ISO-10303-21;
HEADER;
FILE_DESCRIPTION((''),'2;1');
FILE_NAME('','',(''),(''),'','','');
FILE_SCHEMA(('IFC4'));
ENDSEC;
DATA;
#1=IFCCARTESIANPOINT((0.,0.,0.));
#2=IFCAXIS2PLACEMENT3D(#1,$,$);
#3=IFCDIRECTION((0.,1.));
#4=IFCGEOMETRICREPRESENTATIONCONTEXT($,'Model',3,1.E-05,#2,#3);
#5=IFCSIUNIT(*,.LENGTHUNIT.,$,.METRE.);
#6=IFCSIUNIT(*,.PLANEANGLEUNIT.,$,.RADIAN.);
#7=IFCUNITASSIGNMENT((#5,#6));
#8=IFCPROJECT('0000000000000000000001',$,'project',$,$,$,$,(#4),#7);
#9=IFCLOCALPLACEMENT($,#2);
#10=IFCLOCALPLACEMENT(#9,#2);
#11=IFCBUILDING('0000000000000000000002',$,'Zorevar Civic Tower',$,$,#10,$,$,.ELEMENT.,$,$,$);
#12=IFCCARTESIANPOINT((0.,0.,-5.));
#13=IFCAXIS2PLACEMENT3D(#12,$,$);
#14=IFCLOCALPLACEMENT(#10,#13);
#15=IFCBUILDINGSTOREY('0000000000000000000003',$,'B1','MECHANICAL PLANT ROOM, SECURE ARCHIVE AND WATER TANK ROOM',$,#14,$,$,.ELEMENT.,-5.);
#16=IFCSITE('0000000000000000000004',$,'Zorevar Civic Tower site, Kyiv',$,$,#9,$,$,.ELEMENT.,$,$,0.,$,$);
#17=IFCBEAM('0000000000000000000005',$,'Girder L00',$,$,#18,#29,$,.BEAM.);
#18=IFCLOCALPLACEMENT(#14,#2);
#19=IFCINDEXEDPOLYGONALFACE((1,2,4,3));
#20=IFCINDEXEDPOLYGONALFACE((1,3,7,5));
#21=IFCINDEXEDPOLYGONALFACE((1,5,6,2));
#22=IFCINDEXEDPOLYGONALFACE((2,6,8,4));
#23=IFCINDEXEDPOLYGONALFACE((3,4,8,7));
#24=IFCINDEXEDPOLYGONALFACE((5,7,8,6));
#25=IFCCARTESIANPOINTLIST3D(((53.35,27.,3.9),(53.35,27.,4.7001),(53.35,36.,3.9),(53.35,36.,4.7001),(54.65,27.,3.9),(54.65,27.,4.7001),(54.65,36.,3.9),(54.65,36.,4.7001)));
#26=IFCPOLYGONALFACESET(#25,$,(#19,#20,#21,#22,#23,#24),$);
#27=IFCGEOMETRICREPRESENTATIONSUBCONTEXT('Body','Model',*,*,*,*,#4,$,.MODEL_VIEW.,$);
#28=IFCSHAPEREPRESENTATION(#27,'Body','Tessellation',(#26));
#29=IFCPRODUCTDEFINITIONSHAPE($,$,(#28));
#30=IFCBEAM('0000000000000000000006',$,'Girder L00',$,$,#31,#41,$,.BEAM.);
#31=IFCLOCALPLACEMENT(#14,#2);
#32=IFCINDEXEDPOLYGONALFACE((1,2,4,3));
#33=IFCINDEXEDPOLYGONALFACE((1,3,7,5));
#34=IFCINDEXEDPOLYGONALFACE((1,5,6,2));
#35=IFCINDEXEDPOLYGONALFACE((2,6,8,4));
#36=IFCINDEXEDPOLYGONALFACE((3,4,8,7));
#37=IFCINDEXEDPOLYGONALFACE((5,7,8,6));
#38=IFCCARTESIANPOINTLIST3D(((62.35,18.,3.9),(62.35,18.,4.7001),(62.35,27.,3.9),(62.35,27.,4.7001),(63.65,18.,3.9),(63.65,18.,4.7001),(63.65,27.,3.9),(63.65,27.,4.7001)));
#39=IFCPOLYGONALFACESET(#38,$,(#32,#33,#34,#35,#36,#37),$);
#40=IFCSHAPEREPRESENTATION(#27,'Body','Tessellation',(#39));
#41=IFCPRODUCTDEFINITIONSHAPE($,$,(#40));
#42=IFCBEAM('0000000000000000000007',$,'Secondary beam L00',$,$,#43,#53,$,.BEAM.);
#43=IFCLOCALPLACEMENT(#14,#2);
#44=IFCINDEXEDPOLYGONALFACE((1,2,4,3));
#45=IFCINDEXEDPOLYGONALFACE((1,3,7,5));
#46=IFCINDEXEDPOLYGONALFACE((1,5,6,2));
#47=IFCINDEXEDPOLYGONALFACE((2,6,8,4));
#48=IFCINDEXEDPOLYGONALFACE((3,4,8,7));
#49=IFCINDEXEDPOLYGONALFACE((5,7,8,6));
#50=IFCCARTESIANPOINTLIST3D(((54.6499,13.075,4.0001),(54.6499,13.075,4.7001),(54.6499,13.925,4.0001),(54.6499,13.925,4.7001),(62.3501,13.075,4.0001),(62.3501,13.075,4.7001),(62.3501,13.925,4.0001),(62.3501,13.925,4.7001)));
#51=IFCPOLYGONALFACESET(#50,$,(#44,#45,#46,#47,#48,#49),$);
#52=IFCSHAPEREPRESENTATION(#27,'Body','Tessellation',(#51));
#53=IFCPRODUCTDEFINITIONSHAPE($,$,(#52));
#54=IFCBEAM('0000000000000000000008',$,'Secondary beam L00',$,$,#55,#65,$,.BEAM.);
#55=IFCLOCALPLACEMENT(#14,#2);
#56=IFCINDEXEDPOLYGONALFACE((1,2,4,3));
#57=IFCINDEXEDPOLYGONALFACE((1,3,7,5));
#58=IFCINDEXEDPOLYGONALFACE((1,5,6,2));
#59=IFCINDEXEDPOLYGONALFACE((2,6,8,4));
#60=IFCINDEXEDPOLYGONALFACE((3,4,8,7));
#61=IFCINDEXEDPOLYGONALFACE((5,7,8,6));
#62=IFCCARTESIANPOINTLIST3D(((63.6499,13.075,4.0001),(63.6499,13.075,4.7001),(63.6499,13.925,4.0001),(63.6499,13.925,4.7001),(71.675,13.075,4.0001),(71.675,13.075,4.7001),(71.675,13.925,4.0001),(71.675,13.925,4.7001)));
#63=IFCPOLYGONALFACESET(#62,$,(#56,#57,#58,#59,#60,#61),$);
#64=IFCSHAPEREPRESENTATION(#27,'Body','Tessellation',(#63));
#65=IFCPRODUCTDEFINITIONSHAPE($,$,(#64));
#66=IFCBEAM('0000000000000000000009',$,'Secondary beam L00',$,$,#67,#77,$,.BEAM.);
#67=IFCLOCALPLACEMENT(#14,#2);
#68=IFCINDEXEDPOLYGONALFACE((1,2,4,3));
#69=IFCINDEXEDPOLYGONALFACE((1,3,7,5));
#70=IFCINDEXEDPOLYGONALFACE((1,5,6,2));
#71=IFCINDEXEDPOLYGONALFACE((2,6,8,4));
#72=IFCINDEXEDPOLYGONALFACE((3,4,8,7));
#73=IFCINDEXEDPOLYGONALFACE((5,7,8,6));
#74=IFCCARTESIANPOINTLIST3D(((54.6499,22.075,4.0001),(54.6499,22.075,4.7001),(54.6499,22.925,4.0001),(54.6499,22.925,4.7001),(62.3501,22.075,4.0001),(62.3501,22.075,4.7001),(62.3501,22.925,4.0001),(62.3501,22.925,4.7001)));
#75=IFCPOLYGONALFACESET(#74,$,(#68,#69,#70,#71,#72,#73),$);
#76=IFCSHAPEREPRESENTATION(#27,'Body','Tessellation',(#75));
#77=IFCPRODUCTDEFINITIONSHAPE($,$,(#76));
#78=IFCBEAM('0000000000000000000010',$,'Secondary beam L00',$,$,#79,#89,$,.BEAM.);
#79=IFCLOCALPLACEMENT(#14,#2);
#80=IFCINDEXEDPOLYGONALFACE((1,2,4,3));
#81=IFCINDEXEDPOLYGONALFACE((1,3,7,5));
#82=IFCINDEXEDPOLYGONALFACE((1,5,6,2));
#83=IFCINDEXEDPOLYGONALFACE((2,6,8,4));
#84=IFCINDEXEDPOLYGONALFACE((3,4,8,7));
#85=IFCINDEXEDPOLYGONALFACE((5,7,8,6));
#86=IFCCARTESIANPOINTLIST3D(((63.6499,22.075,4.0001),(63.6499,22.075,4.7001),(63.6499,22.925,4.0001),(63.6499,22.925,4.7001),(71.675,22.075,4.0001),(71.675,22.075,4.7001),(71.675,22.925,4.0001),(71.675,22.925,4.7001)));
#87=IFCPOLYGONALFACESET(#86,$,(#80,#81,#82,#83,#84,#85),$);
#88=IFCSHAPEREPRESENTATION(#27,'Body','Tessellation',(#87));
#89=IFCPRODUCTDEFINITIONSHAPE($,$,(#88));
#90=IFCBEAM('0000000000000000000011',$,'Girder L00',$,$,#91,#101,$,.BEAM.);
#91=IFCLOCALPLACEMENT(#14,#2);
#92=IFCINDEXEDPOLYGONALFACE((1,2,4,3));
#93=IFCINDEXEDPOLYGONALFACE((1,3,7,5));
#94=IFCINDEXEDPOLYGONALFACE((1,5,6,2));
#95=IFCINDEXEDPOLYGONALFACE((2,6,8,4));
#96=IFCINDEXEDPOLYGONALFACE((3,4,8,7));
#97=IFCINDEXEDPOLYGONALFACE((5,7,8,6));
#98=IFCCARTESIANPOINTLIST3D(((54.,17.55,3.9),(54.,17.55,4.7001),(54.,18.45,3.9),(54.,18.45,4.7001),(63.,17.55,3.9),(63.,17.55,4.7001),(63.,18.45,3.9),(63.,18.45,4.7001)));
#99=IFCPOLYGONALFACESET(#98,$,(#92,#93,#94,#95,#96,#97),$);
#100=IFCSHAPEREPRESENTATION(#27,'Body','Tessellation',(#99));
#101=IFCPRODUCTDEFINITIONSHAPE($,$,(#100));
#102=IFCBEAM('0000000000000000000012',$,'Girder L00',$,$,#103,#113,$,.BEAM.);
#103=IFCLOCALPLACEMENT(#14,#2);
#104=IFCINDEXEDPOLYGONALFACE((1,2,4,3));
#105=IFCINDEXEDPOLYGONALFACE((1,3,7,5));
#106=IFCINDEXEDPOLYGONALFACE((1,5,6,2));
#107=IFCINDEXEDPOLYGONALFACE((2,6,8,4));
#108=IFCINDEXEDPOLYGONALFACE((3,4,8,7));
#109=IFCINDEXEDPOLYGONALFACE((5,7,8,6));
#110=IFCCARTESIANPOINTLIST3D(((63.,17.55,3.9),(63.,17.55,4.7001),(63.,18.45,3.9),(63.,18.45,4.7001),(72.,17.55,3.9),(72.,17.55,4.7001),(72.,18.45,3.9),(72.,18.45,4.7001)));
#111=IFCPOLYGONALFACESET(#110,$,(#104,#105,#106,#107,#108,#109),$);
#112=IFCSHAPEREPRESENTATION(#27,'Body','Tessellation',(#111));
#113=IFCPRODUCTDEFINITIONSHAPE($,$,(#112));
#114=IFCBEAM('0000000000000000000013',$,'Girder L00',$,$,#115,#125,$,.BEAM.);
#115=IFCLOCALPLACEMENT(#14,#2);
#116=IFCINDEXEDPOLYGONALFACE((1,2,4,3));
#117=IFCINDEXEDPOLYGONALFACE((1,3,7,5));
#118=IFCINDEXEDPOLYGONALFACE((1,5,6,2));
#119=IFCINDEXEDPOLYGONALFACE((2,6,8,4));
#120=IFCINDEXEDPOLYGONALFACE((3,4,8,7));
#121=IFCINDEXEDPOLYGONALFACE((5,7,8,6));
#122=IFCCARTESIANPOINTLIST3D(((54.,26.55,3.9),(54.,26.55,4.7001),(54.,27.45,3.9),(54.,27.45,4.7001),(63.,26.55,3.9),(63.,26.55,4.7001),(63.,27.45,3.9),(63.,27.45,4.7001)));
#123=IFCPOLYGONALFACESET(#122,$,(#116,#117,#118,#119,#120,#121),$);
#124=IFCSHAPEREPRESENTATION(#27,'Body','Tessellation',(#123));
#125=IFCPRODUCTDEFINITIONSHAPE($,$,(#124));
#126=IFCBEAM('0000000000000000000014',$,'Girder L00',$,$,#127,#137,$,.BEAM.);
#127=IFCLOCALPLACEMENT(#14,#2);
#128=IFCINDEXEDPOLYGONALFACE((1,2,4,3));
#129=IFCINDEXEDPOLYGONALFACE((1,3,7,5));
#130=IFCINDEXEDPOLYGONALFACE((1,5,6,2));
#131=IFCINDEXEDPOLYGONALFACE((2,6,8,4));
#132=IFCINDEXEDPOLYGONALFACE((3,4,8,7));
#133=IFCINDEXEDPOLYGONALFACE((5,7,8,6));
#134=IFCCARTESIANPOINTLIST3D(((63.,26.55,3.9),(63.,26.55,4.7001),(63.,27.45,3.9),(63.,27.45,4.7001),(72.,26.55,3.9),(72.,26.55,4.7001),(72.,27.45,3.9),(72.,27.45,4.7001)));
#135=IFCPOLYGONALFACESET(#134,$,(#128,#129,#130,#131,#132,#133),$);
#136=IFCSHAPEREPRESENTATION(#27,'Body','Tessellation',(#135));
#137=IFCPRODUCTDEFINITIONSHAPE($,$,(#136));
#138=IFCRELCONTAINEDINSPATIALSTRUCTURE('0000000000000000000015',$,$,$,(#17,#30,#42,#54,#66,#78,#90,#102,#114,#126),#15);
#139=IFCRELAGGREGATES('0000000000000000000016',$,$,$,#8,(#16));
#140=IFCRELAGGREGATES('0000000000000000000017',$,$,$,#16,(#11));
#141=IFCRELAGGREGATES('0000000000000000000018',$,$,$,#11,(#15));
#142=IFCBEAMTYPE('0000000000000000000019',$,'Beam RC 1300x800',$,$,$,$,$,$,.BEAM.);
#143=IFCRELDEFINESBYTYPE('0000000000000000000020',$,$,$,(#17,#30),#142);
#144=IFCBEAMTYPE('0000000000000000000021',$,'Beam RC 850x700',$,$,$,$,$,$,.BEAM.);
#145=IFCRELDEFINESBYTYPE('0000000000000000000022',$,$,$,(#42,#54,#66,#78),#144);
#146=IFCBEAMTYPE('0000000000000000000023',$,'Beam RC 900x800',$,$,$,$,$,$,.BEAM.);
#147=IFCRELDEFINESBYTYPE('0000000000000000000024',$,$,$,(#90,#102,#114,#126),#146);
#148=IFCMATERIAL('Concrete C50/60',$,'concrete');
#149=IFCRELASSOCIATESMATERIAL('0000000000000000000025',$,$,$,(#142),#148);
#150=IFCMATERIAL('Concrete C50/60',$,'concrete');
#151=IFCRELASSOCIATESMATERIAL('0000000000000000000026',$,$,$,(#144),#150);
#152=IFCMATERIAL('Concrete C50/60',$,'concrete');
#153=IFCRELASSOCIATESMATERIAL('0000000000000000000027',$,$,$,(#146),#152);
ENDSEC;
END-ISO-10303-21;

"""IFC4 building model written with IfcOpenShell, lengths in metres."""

from ifc_helpers import new_model, si_unit, direction, frame, origin, origin_2d, place, context, subcontext, project, spatial, rectangle, extrude, material, material_profile, profile_set, type_object, element, save


model = new_model("IFC4")

# Units and contexts
model_context = context("Model", 3, precision=1e-05, world=origin(), true_north=direction((0.0, 1.0)))
body_context = subcontext(model_context, "Body", "Model", "MODEL_VIEW")
ifc_project = project(units=[si_unit("LENGTHUNIT", "METRE"), si_unit("PLANEANGLEUNIT", "RADIAN")], contexts=[model_context])

# Site, building, storey
site_placement = place(None, origin())
site = spatial("IfcSite", under=ifc_project, at=site_placement, Name="Zorevar Civic Tower site, Kyiv", CompositionType="ELEMENT", RefElevation=0.0)
building_placement = place(site_placement, origin())
building = spatial("IfcBuilding", under=site, at=building_placement, Name="Zorevar Civic Tower", CompositionType="ELEMENT")
storey_placement = place(building_placement, frame((0.0, 0.0, -5.0)))
storey = spatial("IfcBuildingStorey", under=building, at=storey_placement, Name="B1", Description="MECHANICAL PLANT ROOM, SECURE ARCHIVE AND WATER TANK ROOM", CompositionType="ELEMENT", Elevation=-5.0)

# Beams
ifc_material_1 = material(Name="Concrete C50/60", Category="concrete")
ifc_material_profile_1 = material_profile(ifc_material_1, rectangle(XDim=1.3, YDim=0.8, at=origin_2d()), Name="RC 1300x800")
ifc_profile_set_1 = profile_set([ifc_material_profile_1], Name="Concrete C50/60")
beam_type_1 = type_object("IfcBeamType", Name="Beam RC 1300x800", PredefinedType="BEAM", material=ifc_profile_set_1)
for number, where, z_axis, x_axis, name in (
    (1, (54.0, 27.0, 4.3), (0.0, 1.0, 0.0), (-1.0, 0.0, 0.0), "Girder L00"),
    (2, (63.0, 18.0, 4.3), (0.0, 1.0, 0.0), (-1.0, 0.0, 0.0), "Girder L00"),
):
    element("IfcBeam", number, at=place(storey_placement, frame(where, z_axis=z_axis, x_axis=x_axis)), inside=storey, type_object=beam_type_1, Name=name, PredefinedType="BEAM", context=body_context, shape_type="SweptSolid", body=[
        extrude(rectangle(XDim=1.3, YDim=0.8, at=origin_2d()), origin(), (0.0, 0.0, 1.0), 9.0),
    ])
ifc_material_2 = material(Name="Concrete C50/60", Category="concrete")
ifc_material_profile_2 = material_profile(ifc_material_2, rectangle(XDim=0.8501, YDim=0.7, at=origin_2d()), Name="RC 850x700")
ifc_profile_set_2 = profile_set([ifc_material_profile_2], Name="Concrete C50/60")
beam_type_2 = type_object("IfcBeamType", Name="Beam RC 850x700", PredefinedType="BEAM", material=ifc_profile_set_2)
beam_1_placement = place(storey_placement, frame((54.6499, 13.5, 4.3501), z_axis=(1.0, 0.0, 0.0), x_axis=(0.0, 1.0, 0.0)))
element("IfcBeam", 3, at=beam_1_placement, inside=storey, type_object=beam_type_2, Name="Secondary beam L00", PredefinedType="BEAM", context=body_context, shape_type="SweptSolid", body=[
    extrude(rectangle(XDim=0.8501, YDim=0.7, at=origin_2d()), origin(), (0.0, 0.0, 1.0), 7.7002),
])
beam_2_placement = place(storey_placement, frame((63.6499, 13.5, 4.3501), z_axis=(1.0, 0.0, 0.0), x_axis=(0.0, 1.0, 0.0)))
element("IfcBeam", 4, at=beam_2_placement, inside=storey, type_object=beam_type_2, Name="Secondary beam L00", PredefinedType="BEAM", context=body_context, shape_type="SweptSolid", body=[
    extrude(rectangle(XDim=0.8501, YDim=0.7, at=origin_2d()), origin(), (0.0, 0.0, 1.0), 8.0251),
])
beam_3_placement = place(storey_placement, frame((54.6499, 22.5, 4.3501), z_axis=(1.0, 0.0, 0.0), x_axis=(0.0, 1.0, 0.0)))
element("IfcBeam", 5, at=beam_3_placement, inside=storey, type_object=beam_type_2, Name="Secondary beam L00", PredefinedType="BEAM", context=body_context, shape_type="SweptSolid", body=[
    extrude(rectangle(XDim=0.8501, YDim=0.7, at=origin_2d()), origin(), (0.0, 0.0, 1.0), 7.7002),
])
beam_4_placement = place(storey_placement, frame((63.6499, 22.5, 4.3501), z_axis=(1.0, 0.0, 0.0), x_axis=(0.0, 1.0, 0.0)))
element("IfcBeam", 6, at=beam_4_placement, inside=storey, type_object=beam_type_2, Name="Secondary beam L00", PredefinedType="BEAM", context=body_context, shape_type="SweptSolid", body=[
    extrude(rectangle(XDim=0.8501, YDim=0.7, at=origin_2d()), origin(), (0.0, 0.0, 1.0), 8.0251),
])
ifc_material_3 = material(Name="Concrete C50/60", Category="concrete")
ifc_material_profile_3 = material_profile(ifc_material_3, rectangle(XDim=0.8999, YDim=0.8, at=origin_2d()), Name="RC 900x800")
ifc_profile_set_3 = profile_set([ifc_material_profile_3], Name="Concrete C50/60")
beam_type_3 = type_object("IfcBeamType", Name="Beam RC 900x800", PredefinedType="BEAM", material=ifc_profile_set_3)
for number, where, z_axis, x_axis, name in (
    (7, (54.0, 18.0, 4.3), (1.0, 0.0, 0.0), (0.0, 1.0, 0.0), "Girder L00"),
    (8, (63.0, 18.0, 4.3), (1.0, 0.0, 0.0), (0.0, 1.0, 0.0), "Girder L00"),
    (9, (54.0, 27.0, 4.3), (1.0, 0.0, 0.0), (0.0, 1.0, 0.0), "Girder L00"),
    (10, (63.0, 27.0, 4.3), (1.0, 0.0, 0.0), (0.0, 1.0, 0.0), "Girder L00"),
):
    element("IfcBeam", number, at=place(storey_placement, frame(where, z_axis=z_axis, x_axis=x_axis)), inside=storey, type_object=beam_type_3, Name=name, PredefinedType="BEAM", context=body_context, shape_type="SweptSolid", body=[
        extrude(rectangle(XDim=0.8999, YDim=0.8, at=origin_2d()), origin(), (0.0, 0.0, 1.0), 9.0),
    ])

save(model, "model.ifc")
